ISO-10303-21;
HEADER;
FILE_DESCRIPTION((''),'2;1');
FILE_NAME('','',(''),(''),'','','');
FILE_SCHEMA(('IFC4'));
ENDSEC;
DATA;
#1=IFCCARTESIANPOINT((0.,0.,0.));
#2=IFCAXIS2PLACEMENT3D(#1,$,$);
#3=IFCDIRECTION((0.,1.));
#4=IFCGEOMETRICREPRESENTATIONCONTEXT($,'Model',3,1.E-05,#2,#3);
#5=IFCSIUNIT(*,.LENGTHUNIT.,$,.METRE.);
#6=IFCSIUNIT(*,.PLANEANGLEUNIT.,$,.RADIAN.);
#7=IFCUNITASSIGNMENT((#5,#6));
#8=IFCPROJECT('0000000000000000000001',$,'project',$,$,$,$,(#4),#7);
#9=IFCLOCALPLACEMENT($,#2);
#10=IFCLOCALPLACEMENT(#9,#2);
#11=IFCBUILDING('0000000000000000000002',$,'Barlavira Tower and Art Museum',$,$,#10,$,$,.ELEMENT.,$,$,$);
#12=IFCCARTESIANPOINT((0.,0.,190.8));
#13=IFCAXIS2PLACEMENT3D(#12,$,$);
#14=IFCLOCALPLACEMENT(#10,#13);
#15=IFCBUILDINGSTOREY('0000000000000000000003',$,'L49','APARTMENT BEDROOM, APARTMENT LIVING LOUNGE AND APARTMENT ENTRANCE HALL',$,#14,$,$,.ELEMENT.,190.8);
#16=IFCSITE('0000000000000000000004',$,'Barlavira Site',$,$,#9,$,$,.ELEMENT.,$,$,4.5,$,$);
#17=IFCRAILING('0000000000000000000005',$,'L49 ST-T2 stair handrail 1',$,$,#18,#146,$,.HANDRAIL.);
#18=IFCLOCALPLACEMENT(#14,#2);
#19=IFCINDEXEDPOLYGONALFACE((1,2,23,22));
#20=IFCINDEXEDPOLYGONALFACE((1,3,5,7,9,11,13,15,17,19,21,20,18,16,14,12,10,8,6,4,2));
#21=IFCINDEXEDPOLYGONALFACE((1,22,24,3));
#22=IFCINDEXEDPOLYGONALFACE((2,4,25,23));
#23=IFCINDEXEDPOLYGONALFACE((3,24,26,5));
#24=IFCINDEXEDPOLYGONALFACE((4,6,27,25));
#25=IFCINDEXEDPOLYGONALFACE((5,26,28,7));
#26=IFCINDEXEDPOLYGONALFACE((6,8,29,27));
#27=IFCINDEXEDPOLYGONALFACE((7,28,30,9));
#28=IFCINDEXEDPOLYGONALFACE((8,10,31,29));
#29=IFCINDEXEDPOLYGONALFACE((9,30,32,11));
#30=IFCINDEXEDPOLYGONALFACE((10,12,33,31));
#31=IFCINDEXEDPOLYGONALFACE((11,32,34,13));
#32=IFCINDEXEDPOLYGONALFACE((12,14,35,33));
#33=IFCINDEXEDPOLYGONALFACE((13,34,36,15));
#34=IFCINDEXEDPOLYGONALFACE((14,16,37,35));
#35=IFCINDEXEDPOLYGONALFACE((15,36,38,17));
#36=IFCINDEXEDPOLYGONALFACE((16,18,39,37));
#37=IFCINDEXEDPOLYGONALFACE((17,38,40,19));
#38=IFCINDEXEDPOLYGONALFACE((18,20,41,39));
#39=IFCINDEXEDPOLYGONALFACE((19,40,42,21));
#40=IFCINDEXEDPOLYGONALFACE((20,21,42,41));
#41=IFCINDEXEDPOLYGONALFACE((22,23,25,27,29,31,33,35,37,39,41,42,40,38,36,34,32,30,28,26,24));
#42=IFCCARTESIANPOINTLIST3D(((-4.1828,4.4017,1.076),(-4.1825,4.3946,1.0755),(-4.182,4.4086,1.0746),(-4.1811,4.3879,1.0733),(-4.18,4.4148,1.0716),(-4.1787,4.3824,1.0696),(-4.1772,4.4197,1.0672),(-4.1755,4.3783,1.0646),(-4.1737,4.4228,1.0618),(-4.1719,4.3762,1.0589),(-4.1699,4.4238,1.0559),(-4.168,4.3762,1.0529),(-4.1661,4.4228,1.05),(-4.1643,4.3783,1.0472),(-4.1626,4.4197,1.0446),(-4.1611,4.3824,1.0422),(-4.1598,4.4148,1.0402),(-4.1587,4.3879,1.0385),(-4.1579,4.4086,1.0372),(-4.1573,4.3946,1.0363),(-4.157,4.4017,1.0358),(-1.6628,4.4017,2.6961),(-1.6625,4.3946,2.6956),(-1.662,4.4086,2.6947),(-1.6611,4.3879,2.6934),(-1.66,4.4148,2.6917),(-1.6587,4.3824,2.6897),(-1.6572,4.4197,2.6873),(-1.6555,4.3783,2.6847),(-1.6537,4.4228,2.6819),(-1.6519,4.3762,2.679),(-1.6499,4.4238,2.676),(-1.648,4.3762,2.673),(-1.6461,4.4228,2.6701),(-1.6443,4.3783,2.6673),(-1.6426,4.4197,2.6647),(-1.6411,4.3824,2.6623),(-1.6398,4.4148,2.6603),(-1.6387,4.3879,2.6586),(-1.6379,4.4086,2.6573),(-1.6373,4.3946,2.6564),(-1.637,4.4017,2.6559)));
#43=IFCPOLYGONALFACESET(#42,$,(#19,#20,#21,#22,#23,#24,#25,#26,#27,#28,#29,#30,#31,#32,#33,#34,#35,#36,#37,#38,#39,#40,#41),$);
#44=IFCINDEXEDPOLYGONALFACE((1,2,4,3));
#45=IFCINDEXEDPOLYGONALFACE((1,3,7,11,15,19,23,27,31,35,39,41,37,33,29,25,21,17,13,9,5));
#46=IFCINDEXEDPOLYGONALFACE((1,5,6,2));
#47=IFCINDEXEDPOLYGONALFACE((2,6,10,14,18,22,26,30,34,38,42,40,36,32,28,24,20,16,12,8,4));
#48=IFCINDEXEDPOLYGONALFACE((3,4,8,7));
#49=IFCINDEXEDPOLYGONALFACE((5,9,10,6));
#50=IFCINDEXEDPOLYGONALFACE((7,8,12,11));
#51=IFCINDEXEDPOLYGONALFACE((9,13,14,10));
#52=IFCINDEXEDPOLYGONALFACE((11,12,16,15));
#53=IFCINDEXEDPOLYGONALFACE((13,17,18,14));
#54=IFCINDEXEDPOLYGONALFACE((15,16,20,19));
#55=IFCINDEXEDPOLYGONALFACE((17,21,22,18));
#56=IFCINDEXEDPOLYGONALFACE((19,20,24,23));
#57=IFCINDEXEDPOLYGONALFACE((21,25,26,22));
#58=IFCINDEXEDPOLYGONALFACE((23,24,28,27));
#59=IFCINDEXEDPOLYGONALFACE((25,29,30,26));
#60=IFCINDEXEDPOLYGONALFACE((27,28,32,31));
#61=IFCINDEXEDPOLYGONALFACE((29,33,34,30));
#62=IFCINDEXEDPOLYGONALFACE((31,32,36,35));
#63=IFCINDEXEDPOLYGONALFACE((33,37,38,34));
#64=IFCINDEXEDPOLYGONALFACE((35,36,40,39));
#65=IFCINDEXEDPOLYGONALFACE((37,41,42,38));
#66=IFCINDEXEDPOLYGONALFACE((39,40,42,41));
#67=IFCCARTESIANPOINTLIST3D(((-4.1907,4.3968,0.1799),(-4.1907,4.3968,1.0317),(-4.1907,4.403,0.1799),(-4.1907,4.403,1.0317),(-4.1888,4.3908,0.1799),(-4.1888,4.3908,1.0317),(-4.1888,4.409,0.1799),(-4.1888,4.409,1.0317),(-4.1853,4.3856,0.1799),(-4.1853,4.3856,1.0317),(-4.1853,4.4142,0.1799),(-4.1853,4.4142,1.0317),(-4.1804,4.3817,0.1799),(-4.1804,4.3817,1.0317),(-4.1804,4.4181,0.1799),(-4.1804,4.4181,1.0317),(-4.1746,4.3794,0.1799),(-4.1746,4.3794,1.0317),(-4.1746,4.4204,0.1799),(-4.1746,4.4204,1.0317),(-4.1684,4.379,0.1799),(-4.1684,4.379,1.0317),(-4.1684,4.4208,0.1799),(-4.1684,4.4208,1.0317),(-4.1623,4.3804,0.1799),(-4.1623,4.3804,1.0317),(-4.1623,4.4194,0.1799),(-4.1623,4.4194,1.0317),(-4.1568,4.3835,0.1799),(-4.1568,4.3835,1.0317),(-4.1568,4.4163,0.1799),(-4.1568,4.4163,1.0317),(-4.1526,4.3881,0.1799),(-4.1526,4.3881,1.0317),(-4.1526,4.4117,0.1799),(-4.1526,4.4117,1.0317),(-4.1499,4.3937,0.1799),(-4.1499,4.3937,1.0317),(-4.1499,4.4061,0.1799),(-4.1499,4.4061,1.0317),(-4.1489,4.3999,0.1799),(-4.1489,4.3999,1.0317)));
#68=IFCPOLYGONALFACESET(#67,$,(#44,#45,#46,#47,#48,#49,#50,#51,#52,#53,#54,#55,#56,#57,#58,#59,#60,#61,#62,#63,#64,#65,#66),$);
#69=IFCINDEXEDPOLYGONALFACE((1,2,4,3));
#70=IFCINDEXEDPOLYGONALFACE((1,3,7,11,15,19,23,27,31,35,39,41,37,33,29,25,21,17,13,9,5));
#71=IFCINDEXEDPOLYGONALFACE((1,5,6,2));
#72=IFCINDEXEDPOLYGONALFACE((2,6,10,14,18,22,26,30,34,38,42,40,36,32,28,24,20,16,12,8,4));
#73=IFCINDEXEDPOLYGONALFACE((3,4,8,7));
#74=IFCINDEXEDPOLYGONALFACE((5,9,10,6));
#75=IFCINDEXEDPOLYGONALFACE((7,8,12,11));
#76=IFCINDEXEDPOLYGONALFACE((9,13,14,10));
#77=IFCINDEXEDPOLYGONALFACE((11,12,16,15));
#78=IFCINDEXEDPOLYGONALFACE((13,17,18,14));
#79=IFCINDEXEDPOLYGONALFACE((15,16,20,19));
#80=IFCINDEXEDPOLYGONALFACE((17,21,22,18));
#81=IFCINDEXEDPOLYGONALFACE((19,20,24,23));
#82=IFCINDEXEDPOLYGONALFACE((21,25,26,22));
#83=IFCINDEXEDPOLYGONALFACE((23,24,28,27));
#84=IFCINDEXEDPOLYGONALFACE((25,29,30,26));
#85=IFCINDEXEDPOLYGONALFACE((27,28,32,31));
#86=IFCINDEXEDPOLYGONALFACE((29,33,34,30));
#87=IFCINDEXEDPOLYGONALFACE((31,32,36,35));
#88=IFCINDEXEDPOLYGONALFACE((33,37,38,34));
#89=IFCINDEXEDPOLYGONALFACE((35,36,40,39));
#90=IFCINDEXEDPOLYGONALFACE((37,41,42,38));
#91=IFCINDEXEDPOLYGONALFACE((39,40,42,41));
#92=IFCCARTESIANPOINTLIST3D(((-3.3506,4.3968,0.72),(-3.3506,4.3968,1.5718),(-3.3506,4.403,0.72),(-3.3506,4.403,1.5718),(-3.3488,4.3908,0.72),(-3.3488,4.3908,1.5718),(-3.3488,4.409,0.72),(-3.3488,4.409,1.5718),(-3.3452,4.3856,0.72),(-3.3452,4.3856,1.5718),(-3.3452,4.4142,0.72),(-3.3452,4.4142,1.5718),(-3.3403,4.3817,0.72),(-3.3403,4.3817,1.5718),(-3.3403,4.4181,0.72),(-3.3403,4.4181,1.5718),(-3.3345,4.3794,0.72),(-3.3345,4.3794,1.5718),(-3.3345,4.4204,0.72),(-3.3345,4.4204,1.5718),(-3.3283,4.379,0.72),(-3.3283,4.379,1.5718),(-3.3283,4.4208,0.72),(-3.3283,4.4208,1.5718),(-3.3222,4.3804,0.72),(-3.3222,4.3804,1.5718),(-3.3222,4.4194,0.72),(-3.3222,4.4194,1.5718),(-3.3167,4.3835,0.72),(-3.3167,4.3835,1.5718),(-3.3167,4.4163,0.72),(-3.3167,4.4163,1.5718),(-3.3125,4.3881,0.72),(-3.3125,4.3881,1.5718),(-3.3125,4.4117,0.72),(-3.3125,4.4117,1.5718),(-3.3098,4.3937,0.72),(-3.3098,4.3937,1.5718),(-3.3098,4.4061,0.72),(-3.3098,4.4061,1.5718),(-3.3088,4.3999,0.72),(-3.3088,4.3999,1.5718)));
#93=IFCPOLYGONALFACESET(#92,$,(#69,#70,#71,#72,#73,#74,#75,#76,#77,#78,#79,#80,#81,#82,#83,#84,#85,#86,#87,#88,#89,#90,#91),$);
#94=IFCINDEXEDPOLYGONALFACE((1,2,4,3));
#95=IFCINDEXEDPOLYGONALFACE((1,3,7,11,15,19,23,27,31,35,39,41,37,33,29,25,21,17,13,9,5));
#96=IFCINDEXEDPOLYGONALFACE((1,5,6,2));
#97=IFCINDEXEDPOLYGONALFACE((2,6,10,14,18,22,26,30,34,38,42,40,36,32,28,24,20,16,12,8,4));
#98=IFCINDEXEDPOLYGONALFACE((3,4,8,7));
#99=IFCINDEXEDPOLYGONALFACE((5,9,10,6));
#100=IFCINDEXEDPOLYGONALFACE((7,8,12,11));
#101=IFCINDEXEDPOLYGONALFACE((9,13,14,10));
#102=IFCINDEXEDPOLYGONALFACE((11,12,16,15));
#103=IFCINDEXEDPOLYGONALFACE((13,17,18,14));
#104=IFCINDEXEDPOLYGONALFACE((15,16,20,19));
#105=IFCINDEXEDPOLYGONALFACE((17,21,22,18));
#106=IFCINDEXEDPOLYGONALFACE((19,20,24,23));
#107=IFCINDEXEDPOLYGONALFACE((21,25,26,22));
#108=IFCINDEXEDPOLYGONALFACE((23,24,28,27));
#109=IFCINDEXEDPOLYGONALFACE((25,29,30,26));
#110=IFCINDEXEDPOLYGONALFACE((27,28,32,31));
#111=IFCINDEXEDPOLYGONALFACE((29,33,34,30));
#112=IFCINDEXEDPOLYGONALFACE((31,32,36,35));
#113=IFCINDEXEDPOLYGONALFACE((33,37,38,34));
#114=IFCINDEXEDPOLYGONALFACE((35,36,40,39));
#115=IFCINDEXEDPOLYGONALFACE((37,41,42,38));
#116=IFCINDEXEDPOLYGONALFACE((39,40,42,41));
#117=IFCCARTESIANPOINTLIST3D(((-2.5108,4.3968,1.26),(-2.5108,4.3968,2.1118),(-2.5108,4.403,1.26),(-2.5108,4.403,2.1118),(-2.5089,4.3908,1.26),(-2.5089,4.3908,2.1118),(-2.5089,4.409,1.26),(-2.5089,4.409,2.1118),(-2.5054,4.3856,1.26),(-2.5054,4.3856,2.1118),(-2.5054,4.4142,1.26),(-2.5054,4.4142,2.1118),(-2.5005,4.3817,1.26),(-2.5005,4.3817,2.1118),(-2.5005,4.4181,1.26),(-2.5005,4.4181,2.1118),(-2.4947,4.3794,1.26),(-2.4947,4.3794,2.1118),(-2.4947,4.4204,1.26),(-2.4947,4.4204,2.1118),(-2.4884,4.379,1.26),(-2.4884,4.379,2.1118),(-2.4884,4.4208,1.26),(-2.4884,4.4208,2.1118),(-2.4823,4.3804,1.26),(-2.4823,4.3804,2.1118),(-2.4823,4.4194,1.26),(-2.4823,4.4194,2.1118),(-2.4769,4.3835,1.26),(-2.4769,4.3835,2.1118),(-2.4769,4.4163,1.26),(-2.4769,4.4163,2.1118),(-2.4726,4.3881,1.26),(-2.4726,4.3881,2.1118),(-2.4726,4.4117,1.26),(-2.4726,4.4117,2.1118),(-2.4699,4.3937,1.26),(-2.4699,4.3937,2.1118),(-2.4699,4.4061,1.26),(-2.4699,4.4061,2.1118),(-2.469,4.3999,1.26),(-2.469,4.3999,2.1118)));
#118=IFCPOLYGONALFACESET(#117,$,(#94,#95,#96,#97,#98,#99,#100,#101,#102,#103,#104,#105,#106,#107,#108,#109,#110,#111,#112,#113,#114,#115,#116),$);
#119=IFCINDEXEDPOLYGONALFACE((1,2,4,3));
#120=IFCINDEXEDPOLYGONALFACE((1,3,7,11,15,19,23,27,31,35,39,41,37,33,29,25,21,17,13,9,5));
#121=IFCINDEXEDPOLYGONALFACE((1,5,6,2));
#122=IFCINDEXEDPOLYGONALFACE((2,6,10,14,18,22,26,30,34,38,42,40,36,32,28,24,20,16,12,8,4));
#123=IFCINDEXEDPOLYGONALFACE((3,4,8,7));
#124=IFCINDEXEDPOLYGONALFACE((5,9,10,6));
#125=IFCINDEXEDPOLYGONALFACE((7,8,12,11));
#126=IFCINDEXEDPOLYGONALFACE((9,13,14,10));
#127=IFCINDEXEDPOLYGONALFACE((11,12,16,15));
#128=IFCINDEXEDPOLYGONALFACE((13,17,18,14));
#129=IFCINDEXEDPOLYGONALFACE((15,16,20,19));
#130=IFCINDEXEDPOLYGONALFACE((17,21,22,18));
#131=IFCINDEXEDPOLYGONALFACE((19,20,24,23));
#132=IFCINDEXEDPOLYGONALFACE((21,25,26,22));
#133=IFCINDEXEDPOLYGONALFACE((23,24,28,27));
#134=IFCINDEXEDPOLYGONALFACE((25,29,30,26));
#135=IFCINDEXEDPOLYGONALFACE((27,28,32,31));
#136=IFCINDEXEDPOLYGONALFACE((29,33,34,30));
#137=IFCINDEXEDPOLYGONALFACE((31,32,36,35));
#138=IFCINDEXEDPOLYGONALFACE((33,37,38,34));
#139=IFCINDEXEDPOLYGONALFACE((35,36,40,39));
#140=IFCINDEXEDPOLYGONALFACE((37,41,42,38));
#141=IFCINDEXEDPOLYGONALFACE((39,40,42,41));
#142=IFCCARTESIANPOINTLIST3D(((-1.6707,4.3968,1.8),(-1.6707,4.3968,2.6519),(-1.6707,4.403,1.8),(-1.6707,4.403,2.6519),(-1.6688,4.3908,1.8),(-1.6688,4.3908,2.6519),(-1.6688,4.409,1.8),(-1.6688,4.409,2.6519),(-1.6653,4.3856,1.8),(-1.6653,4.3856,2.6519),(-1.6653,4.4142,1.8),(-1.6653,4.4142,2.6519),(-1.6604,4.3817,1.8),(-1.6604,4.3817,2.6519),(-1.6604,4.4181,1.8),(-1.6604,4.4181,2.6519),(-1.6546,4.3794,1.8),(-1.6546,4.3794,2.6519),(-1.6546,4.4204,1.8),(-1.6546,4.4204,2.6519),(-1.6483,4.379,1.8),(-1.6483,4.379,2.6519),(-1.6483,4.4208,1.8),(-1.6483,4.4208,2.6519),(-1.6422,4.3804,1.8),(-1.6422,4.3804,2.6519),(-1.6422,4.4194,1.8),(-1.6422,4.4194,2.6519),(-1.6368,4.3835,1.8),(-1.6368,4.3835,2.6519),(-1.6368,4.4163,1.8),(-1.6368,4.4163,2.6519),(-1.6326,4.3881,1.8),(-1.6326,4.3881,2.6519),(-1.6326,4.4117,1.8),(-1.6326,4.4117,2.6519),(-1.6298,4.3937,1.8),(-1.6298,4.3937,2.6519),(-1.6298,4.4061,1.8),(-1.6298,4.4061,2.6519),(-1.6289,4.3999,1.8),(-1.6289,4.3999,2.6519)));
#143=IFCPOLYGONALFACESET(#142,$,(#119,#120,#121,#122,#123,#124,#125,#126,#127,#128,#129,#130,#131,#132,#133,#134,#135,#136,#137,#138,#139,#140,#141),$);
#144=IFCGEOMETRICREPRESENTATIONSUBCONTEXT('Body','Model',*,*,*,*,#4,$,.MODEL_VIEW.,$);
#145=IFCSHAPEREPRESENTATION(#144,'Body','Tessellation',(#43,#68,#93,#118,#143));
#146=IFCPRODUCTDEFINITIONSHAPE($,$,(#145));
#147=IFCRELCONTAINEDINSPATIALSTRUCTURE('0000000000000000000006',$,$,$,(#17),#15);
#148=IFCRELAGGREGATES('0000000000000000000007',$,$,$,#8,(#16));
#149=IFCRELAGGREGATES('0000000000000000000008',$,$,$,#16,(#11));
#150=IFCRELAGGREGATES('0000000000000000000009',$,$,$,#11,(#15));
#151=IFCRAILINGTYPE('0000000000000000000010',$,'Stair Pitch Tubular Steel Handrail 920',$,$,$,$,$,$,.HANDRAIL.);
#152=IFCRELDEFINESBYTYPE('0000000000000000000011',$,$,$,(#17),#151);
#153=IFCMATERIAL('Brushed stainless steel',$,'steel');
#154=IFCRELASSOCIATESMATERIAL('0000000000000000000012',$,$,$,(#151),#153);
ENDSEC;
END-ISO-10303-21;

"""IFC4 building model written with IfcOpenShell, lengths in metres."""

from ifc_helpers import new_model, si_unit, direction, frame, origin, origin_2d, place, context, subcontext, project, spatial, circle, extrude, material, type_object, element, save


model = new_model("IFC4")

# Units and contexts
model_context = context("Model", 3, precision=1e-05, world=origin(), true_north=direction((0.0, 1.0)))
body_context = subcontext(model_context, "Body", "Model", "MODEL_VIEW")
ifc_project = project(units=[si_unit("LENGTHUNIT", "METRE"), si_unit("PLANEANGLEUNIT", "RADIAN")], contexts=[model_context])

# Site, building, storey
site_placement = place(None, origin())
site = spatial("IfcSite", under=ifc_project, at=site_placement, Name="Barlavira Site", CompositionType="ELEMENT", RefElevation=4.5)
building_placement = place(site_placement, origin())
building = spatial("IfcBuilding", under=site, at=building_placement, Name="Barlavira Tower and Art Museum", CompositionType="ELEMENT")
storey_placement = place(building_placement, frame((0.0, 0.0, 190.8)))
storey = spatial("IfcBuildingStorey", under=building, at=storey_placement, Name="L49", Description="APARTMENT BEDROOM, APARTMENT LIVING LOUNGE AND APARTMENT ENTRANCE HALL", CompositionType="ELEMENT", Elevation=190.8)

# Shared definitions
ifc_material_1 = material(Name="Brushed stainless steel", Category="steel")

# Railing
railing_type_1 = type_object("IfcRailingType", Name="Stair Pitch Tubular Steel Handrail 920", PredefinedType="HANDRAIL", material=ifc_material_1)
railing_1_placement = place(storey_placement, frame((-4.1699, 4.3999, 0.1799)))
element("IfcRailing", 1, at=railing_1_placement, inside=storey, type_object=railing_type_1, Name="L49 ST-T2 stair handrail 1", PredefinedType="HANDRAIL", context=body_context, shape_type="SweptSolid", body=[
    extrude(circle(Radius=0.0239, at=origin_2d()), frame((0.0, 0.0, 0.876), z_axis=(0.841163, 0.0, 0.540782), x_axis=(0.0, 1.0, 0.0)), (0.0, 0.0, 1.0), 2.9958),
    extrude(circle(Radius=0.021, at=origin_2d()), origin(), (0.0, 0.0, 1.0), 0.8518),
    extrude(circle(Radius=0.021, at=origin_2d()), frame((0.8401, 0.0, 0.54)), (0.0, 0.0, 1.0), 0.8518),
    extrude(circle(Radius=0.021, at=origin_2d()), frame((1.6799, 0.0, 1.0801)), (0.0, 0.0, 1.0), 0.8518),
    extrude(circle(Radius=0.021, at=origin_2d()), frame((2.52, 0.0, 1.6201)), (0.0, 0.0, 1.0), 0.8518),
])

save(model, "model.ifc")
